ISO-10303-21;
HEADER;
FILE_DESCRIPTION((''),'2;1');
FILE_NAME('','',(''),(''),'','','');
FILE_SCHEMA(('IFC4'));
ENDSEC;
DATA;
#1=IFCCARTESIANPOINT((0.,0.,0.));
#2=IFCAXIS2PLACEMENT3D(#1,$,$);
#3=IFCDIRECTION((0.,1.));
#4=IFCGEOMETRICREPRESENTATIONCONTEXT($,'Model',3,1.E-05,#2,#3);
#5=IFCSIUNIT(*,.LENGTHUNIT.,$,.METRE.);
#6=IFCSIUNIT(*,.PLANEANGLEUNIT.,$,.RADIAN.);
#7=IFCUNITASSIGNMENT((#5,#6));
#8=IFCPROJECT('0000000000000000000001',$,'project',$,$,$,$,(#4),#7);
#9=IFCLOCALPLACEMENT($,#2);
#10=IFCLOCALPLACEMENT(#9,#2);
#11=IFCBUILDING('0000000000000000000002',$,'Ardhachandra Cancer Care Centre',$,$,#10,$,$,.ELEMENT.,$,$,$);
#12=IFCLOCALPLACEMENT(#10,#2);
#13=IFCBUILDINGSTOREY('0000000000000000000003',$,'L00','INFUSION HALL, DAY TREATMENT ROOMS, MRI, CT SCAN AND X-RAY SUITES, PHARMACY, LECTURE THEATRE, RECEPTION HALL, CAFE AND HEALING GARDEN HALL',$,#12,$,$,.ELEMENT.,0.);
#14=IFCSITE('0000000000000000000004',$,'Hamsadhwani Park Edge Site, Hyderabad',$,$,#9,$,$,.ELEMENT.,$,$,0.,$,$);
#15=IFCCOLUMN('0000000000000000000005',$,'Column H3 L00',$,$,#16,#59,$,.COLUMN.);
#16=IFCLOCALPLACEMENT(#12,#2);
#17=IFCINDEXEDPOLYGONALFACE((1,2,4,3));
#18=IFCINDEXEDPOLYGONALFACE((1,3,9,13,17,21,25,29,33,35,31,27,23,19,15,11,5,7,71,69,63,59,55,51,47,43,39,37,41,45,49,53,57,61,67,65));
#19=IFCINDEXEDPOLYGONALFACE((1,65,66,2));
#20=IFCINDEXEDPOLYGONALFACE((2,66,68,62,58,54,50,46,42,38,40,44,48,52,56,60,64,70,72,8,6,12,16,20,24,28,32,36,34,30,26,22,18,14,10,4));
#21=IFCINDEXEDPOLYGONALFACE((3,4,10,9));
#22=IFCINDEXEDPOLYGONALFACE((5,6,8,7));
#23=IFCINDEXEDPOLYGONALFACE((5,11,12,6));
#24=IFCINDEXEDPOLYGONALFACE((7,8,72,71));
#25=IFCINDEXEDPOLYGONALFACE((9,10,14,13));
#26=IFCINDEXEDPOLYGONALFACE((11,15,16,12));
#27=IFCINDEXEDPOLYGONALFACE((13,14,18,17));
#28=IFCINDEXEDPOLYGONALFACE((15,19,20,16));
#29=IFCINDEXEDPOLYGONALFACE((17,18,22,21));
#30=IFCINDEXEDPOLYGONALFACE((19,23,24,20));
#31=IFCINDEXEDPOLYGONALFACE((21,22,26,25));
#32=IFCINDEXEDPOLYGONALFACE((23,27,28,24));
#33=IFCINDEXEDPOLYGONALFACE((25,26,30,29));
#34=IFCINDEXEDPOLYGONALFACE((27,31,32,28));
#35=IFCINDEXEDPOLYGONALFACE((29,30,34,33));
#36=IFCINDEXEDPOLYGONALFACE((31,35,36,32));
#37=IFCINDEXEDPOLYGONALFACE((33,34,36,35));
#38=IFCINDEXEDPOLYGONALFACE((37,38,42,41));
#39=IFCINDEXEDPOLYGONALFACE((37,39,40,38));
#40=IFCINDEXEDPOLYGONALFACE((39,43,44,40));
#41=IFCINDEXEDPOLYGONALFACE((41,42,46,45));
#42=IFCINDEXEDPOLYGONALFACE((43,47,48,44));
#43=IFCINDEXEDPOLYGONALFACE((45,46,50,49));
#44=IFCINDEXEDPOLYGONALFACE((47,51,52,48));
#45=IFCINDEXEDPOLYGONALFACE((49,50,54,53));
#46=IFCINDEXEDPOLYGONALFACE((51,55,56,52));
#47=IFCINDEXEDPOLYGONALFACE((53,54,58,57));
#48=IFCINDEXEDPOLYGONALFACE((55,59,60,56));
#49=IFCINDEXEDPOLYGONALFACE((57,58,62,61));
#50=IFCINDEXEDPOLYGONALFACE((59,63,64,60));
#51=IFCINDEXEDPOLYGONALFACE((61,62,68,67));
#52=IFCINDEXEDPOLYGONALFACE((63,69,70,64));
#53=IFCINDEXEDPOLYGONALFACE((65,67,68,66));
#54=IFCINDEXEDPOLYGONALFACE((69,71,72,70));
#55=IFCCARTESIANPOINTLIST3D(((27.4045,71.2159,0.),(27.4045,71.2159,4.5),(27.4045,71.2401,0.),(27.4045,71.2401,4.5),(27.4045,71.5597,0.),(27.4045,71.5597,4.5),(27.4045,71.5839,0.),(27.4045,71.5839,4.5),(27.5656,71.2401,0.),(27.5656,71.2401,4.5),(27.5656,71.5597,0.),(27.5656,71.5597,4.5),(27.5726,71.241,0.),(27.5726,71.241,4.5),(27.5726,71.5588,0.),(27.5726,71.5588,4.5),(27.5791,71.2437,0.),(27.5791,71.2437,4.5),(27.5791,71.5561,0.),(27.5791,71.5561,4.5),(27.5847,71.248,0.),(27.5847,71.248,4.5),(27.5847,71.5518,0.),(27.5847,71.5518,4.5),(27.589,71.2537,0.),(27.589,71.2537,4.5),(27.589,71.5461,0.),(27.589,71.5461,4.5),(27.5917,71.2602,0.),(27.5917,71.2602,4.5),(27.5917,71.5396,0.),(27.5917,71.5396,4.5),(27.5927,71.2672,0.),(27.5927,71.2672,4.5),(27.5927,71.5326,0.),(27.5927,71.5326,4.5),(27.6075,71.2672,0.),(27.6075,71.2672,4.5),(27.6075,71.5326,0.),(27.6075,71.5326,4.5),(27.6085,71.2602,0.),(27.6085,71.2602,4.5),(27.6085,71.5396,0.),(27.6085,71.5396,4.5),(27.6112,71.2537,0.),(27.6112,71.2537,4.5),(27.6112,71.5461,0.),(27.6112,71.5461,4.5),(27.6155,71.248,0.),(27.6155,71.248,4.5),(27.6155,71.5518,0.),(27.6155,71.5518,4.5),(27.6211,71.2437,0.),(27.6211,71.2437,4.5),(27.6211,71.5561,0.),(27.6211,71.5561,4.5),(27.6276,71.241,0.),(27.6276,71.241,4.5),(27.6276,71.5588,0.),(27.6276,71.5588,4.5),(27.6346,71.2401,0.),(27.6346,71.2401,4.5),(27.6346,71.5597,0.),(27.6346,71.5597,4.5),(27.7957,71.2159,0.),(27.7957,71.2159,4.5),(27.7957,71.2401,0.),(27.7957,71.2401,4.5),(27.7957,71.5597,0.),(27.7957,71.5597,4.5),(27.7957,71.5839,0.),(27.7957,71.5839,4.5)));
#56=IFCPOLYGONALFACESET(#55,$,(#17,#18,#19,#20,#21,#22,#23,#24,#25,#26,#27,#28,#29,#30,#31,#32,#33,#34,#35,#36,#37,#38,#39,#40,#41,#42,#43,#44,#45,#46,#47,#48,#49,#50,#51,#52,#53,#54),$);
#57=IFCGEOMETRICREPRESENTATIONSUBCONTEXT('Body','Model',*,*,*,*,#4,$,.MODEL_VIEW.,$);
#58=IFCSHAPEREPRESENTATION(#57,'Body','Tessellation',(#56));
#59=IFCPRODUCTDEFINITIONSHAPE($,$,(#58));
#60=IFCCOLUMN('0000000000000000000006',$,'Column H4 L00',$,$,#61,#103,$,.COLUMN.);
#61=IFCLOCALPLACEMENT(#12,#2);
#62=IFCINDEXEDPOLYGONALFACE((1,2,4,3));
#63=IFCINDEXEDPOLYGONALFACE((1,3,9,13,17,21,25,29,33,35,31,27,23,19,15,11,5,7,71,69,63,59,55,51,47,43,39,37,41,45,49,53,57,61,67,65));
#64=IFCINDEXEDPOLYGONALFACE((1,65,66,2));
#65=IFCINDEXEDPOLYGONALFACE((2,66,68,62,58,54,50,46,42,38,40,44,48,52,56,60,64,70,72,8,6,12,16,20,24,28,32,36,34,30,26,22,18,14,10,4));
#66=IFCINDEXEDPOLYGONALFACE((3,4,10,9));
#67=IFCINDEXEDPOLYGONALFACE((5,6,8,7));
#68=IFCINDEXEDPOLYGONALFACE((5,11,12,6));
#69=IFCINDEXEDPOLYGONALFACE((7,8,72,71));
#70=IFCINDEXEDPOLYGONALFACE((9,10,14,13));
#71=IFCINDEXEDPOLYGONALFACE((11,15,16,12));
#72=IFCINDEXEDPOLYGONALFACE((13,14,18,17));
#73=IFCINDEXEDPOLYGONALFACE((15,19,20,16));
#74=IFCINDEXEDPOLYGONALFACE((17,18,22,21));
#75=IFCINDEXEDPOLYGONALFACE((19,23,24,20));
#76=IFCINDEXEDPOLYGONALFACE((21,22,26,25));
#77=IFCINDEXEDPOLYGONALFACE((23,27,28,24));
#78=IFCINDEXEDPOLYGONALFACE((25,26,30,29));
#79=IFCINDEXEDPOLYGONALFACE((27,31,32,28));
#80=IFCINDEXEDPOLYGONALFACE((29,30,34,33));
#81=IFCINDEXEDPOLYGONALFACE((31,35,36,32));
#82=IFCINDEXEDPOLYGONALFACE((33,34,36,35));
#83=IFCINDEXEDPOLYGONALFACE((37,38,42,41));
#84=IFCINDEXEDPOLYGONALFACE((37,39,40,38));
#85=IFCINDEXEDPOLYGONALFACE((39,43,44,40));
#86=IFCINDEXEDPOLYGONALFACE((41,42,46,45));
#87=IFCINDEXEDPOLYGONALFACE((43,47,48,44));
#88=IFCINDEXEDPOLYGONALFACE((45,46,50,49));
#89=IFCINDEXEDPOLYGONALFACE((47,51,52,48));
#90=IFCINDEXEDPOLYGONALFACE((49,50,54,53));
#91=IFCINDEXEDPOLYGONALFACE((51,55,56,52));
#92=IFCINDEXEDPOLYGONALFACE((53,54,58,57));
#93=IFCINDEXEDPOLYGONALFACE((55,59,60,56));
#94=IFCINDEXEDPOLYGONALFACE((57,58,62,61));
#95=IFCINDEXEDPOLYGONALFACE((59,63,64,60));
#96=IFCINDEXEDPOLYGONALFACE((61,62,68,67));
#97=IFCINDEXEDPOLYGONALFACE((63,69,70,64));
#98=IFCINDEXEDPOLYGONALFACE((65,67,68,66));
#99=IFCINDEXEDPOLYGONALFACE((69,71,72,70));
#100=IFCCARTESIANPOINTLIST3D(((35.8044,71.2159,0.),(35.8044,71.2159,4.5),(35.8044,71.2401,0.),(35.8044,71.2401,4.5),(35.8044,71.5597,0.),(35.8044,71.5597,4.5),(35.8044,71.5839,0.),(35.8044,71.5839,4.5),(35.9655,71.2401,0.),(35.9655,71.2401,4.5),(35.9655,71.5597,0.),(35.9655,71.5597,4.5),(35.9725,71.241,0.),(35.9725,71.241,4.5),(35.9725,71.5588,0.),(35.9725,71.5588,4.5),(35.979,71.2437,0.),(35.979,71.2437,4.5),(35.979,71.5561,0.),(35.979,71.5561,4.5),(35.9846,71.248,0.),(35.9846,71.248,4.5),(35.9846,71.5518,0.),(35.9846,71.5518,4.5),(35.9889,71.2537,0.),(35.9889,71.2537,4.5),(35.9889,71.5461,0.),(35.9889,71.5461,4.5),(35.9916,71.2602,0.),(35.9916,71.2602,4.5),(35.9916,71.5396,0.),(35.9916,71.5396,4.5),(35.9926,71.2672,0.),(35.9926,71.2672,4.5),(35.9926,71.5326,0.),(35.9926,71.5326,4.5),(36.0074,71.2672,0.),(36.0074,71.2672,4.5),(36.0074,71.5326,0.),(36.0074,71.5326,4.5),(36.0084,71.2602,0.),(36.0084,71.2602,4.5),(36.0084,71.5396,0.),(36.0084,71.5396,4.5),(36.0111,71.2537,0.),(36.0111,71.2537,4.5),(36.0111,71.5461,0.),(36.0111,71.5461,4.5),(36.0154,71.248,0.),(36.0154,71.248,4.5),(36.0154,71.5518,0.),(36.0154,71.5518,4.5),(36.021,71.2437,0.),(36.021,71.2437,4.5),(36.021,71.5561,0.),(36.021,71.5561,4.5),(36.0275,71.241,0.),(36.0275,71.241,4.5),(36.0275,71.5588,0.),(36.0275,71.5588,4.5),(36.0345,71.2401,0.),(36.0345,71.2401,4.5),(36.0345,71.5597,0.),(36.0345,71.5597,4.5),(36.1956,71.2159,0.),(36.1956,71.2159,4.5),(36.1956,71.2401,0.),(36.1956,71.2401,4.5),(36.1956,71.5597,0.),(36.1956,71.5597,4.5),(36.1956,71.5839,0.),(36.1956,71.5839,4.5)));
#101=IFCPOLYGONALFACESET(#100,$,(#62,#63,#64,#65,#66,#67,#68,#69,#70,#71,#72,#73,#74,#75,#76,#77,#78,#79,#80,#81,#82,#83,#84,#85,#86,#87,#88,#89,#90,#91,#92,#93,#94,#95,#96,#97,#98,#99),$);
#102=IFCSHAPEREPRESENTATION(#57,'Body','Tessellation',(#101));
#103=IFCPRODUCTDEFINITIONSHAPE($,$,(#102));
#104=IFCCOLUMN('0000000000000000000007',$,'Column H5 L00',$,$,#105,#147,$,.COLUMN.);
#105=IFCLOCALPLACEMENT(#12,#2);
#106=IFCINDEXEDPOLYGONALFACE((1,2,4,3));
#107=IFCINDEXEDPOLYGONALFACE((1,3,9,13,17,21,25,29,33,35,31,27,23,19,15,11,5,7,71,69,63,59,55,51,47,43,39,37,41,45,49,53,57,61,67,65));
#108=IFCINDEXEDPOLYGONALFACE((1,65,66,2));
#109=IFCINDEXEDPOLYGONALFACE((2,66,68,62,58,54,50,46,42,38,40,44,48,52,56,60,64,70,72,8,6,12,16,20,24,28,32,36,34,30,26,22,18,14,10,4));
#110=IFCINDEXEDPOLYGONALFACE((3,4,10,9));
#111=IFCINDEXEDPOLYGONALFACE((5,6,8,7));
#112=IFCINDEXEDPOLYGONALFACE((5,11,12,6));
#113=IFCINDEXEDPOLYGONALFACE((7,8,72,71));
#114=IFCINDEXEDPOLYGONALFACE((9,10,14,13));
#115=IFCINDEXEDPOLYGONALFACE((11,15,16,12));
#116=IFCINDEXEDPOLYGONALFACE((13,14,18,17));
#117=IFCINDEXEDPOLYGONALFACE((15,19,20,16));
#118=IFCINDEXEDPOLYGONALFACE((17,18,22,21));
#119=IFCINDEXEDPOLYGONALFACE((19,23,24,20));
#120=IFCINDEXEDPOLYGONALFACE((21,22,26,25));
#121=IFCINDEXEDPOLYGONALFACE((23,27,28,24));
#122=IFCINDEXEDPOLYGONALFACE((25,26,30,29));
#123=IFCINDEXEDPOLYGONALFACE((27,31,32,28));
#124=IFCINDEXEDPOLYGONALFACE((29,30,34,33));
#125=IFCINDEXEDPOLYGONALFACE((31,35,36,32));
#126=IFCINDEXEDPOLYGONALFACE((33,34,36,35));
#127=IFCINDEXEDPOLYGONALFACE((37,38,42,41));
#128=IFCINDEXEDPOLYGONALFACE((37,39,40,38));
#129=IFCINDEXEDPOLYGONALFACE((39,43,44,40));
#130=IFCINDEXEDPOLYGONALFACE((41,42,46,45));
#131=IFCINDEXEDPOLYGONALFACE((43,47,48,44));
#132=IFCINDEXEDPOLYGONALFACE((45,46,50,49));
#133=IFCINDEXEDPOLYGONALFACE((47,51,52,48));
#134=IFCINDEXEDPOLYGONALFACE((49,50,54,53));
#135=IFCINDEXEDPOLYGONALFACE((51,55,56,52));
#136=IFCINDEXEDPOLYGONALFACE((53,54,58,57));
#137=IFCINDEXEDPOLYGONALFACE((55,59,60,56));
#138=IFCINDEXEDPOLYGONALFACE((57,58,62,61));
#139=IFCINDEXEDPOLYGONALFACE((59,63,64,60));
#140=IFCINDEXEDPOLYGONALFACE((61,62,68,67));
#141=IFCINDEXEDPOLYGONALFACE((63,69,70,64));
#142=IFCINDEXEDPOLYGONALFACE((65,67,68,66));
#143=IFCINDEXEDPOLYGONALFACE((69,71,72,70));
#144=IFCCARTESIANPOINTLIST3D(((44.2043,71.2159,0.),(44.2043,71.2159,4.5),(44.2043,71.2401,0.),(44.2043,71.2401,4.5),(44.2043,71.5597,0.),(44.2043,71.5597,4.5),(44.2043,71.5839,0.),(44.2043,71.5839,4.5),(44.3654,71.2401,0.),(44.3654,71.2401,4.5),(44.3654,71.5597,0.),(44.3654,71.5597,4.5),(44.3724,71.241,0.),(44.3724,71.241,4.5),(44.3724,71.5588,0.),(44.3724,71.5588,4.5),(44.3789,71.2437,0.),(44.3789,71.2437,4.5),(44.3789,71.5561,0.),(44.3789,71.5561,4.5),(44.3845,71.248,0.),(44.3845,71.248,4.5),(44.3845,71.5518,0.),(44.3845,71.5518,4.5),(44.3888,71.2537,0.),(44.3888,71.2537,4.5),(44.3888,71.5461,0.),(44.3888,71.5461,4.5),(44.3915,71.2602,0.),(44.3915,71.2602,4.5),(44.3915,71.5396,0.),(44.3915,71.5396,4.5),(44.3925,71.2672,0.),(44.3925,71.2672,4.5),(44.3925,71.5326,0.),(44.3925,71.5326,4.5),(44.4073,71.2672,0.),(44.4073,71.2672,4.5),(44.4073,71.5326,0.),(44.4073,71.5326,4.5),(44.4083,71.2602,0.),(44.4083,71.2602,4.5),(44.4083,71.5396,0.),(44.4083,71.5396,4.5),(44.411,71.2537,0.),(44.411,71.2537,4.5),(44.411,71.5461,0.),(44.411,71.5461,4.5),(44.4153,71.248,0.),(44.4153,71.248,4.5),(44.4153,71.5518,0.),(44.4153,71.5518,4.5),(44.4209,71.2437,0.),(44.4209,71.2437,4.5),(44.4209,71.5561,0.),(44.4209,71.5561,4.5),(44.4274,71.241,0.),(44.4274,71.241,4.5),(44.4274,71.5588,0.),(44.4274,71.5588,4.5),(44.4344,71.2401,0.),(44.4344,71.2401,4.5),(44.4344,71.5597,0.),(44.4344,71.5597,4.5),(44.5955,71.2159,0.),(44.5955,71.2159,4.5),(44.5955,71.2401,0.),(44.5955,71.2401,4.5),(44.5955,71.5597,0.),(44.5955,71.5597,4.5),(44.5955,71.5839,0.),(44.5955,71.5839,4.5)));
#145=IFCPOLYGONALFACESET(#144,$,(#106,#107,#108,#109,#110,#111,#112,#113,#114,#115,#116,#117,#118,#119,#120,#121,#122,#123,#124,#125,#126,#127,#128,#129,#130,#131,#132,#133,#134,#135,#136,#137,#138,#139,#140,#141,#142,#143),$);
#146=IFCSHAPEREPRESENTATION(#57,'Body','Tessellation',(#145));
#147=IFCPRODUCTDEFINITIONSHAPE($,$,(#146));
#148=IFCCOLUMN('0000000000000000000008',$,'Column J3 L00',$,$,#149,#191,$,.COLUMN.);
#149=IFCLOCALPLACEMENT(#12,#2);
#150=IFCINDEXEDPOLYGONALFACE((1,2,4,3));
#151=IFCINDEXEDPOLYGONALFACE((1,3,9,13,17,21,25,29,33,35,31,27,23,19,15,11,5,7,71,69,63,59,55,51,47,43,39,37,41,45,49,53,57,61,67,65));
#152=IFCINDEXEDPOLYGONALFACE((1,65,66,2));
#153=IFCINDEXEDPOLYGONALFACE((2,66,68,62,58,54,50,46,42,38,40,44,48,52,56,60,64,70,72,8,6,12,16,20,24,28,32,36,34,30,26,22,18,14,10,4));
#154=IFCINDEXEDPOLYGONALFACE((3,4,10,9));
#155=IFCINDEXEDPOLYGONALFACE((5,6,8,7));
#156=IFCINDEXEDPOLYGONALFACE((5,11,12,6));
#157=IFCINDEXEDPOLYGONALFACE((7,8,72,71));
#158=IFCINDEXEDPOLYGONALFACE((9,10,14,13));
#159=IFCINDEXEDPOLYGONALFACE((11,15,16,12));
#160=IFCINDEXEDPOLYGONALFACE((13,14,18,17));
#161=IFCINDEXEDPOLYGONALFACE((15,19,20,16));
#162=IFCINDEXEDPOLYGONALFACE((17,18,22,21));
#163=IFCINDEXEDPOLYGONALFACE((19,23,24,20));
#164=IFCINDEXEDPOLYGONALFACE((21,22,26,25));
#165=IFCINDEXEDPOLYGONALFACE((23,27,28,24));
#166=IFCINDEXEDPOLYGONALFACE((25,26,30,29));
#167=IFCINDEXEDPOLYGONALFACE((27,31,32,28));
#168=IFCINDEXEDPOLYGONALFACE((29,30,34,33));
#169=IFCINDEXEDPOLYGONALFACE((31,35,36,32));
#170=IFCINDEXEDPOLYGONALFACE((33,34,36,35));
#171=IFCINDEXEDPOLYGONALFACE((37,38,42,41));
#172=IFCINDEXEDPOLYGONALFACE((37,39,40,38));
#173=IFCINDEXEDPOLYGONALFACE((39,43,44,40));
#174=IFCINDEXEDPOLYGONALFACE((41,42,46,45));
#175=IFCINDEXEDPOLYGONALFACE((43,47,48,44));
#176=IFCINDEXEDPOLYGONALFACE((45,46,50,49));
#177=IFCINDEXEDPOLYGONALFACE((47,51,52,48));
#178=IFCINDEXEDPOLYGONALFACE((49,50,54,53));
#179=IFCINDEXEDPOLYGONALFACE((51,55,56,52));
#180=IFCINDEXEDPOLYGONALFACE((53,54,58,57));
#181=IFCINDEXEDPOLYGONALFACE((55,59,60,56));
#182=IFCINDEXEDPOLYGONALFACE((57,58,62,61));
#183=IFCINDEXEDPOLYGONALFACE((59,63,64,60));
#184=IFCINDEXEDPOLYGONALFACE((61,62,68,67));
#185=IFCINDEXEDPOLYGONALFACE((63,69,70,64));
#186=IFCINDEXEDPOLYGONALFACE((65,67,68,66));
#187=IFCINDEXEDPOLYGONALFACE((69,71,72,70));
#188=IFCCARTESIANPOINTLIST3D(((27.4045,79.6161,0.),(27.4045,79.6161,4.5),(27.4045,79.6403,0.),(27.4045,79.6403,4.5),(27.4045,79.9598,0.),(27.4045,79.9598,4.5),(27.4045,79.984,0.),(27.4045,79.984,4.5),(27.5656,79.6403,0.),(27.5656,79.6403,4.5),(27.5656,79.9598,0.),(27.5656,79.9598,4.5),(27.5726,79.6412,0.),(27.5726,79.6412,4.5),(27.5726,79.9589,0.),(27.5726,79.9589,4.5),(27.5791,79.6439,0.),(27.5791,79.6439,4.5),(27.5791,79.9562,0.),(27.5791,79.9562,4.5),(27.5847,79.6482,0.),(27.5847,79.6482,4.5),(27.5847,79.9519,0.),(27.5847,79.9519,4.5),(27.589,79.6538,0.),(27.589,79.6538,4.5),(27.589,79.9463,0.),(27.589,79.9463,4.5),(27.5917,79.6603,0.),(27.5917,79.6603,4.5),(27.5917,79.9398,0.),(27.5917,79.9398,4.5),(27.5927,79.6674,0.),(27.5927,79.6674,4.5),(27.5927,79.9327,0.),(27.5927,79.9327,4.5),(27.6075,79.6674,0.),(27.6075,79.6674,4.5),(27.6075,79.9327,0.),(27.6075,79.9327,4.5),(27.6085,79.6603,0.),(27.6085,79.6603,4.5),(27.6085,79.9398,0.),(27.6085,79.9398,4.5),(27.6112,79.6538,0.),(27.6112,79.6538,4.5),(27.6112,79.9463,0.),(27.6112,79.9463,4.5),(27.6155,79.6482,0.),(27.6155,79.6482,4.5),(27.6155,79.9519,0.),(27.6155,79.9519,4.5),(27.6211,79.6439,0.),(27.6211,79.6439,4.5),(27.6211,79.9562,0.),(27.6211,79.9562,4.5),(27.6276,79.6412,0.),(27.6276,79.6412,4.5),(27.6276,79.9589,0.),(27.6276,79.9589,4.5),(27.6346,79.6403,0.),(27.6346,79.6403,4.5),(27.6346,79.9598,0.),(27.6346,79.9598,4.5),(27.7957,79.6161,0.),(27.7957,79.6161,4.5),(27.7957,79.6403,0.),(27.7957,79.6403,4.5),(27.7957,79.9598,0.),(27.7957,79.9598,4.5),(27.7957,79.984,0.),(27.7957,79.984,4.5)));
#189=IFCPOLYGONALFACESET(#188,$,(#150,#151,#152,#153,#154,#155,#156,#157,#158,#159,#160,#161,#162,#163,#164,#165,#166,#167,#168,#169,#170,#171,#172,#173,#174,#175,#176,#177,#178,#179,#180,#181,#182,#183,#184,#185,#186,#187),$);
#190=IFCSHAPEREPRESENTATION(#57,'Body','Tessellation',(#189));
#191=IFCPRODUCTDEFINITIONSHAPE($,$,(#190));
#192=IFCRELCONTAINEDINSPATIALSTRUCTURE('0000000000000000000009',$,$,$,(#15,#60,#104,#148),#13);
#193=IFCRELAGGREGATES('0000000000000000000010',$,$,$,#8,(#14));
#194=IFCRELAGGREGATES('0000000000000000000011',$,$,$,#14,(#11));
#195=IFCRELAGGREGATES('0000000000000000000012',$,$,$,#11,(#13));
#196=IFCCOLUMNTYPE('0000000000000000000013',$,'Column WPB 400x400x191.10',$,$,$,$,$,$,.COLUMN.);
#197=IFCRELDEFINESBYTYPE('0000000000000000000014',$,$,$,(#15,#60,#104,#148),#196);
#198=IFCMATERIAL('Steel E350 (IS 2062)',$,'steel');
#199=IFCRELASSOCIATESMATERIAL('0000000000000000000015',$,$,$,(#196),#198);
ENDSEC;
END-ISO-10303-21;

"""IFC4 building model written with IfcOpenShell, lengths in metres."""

from ifc_helpers import new_model, si_unit, direction, frame, origin, origin_2d, place, context, subcontext, project, spatial, i_section, extrude, material, material_profile, profile_set, type_object, element, save


model = new_model("IFC4")

# Units and contexts
model_context = context("Model", 3, precision=1e-05, world=origin(), true_north=direction((0.0, 1.0)))
body_context = subcontext(model_context, "Body", "Model", "MODEL_VIEW")
ifc_project = project(units=[si_unit("LENGTHUNIT", "METRE"), si_unit("PLANEANGLEUNIT", "RADIAN")], contexts=[model_context])

# Site, building, storey
site_placement = place(None, origin())
site = spatial("IfcSite", under=ifc_project, at=site_placement, Name="Hamsadhwani Park Edge Site, Hyderabad", CompositionType="ELEMENT", RefElevation=0.0)
building_placement = place(site_placement, origin())
building = spatial("IfcBuilding", under=site, at=building_placement, Name="Ardhachandra Cancer Care Centre", CompositionType="ELEMENT")
storey_placement = place(building_placement, origin())
storey = spatial("IfcBuildingStorey", under=building, at=storey_placement, Name="L00", Description="INFUSION HALL, DAY TREATMENT ROOMS, MRI, CT SCAN AND X-RAY SUITES, PHARMACY, LECTURE THEATRE, RECEPTION HALL, CAFE AND HEALING GARDEN HALL", CompositionType="ELEMENT", Elevation=0.0)

# Columns
ifc_material_1 = material(Name="Steel E350 (IS 2062)", Category="steel")
ifc_material_profile_1 = material_profile(ifc_material_1, i_section(OverallWidth=0.3911, OverallDepth=0.3679, WebThickness=0.0149, FlangeThickness=0.0242, FilletRadius=0.0271, at=origin_2d()), Name="WPB 400x400x191.10")
ifc_profile_set_1 = profile_set([ifc_material_profile_1], Name="Steel E350 (IS 2062)")
column_type = type_object("IfcColumnType", Name="Column WPB 400x400x191.10", PredefinedType="COLUMN", material=ifc_profile_set_1)
for number, where, z_axis, x_axis, name in (
    (1, (27.6001, 71.3999, 0.0), (0.0, 0.0, 1.0), (1.0, 0.0, 0.0), "Column H3 L00"),
    (2, (36.0, 71.3999, 0.0), (0.0, 0.0, 1.0), (1.0, 0.0, 0.0), "Column H4 L00"),
    (3, (44.3999, 71.3999, 0.0), (0.0, 0.0, 1.0), (1.0, 0.0, 0.0), "Column H5 L00"),
    (4, (27.6001, 79.8, 0.0), (0.0, 0.0, 1.0), (1.0, 0.0, 0.0), "Column J3 L00"),
):
    element("IfcColumn", number, at=place(storey_placement, frame(where, z_axis=z_axis, x_axis=x_axis)), inside=storey, type_object=column_type, Name=name, PredefinedType="COLUMN", context=body_context, shape_type="SweptSolid", body=[
        extrude(i_section(OverallWidth=0.3911, OverallDepth=0.3679, WebThickness=0.0149, FlangeThickness=0.0242, FilletRadius=0.0271, at=origin_2d()), origin(), (0.0, 0.0, 1.0), 4.5),
    ])

save(model, "model.ifc")
